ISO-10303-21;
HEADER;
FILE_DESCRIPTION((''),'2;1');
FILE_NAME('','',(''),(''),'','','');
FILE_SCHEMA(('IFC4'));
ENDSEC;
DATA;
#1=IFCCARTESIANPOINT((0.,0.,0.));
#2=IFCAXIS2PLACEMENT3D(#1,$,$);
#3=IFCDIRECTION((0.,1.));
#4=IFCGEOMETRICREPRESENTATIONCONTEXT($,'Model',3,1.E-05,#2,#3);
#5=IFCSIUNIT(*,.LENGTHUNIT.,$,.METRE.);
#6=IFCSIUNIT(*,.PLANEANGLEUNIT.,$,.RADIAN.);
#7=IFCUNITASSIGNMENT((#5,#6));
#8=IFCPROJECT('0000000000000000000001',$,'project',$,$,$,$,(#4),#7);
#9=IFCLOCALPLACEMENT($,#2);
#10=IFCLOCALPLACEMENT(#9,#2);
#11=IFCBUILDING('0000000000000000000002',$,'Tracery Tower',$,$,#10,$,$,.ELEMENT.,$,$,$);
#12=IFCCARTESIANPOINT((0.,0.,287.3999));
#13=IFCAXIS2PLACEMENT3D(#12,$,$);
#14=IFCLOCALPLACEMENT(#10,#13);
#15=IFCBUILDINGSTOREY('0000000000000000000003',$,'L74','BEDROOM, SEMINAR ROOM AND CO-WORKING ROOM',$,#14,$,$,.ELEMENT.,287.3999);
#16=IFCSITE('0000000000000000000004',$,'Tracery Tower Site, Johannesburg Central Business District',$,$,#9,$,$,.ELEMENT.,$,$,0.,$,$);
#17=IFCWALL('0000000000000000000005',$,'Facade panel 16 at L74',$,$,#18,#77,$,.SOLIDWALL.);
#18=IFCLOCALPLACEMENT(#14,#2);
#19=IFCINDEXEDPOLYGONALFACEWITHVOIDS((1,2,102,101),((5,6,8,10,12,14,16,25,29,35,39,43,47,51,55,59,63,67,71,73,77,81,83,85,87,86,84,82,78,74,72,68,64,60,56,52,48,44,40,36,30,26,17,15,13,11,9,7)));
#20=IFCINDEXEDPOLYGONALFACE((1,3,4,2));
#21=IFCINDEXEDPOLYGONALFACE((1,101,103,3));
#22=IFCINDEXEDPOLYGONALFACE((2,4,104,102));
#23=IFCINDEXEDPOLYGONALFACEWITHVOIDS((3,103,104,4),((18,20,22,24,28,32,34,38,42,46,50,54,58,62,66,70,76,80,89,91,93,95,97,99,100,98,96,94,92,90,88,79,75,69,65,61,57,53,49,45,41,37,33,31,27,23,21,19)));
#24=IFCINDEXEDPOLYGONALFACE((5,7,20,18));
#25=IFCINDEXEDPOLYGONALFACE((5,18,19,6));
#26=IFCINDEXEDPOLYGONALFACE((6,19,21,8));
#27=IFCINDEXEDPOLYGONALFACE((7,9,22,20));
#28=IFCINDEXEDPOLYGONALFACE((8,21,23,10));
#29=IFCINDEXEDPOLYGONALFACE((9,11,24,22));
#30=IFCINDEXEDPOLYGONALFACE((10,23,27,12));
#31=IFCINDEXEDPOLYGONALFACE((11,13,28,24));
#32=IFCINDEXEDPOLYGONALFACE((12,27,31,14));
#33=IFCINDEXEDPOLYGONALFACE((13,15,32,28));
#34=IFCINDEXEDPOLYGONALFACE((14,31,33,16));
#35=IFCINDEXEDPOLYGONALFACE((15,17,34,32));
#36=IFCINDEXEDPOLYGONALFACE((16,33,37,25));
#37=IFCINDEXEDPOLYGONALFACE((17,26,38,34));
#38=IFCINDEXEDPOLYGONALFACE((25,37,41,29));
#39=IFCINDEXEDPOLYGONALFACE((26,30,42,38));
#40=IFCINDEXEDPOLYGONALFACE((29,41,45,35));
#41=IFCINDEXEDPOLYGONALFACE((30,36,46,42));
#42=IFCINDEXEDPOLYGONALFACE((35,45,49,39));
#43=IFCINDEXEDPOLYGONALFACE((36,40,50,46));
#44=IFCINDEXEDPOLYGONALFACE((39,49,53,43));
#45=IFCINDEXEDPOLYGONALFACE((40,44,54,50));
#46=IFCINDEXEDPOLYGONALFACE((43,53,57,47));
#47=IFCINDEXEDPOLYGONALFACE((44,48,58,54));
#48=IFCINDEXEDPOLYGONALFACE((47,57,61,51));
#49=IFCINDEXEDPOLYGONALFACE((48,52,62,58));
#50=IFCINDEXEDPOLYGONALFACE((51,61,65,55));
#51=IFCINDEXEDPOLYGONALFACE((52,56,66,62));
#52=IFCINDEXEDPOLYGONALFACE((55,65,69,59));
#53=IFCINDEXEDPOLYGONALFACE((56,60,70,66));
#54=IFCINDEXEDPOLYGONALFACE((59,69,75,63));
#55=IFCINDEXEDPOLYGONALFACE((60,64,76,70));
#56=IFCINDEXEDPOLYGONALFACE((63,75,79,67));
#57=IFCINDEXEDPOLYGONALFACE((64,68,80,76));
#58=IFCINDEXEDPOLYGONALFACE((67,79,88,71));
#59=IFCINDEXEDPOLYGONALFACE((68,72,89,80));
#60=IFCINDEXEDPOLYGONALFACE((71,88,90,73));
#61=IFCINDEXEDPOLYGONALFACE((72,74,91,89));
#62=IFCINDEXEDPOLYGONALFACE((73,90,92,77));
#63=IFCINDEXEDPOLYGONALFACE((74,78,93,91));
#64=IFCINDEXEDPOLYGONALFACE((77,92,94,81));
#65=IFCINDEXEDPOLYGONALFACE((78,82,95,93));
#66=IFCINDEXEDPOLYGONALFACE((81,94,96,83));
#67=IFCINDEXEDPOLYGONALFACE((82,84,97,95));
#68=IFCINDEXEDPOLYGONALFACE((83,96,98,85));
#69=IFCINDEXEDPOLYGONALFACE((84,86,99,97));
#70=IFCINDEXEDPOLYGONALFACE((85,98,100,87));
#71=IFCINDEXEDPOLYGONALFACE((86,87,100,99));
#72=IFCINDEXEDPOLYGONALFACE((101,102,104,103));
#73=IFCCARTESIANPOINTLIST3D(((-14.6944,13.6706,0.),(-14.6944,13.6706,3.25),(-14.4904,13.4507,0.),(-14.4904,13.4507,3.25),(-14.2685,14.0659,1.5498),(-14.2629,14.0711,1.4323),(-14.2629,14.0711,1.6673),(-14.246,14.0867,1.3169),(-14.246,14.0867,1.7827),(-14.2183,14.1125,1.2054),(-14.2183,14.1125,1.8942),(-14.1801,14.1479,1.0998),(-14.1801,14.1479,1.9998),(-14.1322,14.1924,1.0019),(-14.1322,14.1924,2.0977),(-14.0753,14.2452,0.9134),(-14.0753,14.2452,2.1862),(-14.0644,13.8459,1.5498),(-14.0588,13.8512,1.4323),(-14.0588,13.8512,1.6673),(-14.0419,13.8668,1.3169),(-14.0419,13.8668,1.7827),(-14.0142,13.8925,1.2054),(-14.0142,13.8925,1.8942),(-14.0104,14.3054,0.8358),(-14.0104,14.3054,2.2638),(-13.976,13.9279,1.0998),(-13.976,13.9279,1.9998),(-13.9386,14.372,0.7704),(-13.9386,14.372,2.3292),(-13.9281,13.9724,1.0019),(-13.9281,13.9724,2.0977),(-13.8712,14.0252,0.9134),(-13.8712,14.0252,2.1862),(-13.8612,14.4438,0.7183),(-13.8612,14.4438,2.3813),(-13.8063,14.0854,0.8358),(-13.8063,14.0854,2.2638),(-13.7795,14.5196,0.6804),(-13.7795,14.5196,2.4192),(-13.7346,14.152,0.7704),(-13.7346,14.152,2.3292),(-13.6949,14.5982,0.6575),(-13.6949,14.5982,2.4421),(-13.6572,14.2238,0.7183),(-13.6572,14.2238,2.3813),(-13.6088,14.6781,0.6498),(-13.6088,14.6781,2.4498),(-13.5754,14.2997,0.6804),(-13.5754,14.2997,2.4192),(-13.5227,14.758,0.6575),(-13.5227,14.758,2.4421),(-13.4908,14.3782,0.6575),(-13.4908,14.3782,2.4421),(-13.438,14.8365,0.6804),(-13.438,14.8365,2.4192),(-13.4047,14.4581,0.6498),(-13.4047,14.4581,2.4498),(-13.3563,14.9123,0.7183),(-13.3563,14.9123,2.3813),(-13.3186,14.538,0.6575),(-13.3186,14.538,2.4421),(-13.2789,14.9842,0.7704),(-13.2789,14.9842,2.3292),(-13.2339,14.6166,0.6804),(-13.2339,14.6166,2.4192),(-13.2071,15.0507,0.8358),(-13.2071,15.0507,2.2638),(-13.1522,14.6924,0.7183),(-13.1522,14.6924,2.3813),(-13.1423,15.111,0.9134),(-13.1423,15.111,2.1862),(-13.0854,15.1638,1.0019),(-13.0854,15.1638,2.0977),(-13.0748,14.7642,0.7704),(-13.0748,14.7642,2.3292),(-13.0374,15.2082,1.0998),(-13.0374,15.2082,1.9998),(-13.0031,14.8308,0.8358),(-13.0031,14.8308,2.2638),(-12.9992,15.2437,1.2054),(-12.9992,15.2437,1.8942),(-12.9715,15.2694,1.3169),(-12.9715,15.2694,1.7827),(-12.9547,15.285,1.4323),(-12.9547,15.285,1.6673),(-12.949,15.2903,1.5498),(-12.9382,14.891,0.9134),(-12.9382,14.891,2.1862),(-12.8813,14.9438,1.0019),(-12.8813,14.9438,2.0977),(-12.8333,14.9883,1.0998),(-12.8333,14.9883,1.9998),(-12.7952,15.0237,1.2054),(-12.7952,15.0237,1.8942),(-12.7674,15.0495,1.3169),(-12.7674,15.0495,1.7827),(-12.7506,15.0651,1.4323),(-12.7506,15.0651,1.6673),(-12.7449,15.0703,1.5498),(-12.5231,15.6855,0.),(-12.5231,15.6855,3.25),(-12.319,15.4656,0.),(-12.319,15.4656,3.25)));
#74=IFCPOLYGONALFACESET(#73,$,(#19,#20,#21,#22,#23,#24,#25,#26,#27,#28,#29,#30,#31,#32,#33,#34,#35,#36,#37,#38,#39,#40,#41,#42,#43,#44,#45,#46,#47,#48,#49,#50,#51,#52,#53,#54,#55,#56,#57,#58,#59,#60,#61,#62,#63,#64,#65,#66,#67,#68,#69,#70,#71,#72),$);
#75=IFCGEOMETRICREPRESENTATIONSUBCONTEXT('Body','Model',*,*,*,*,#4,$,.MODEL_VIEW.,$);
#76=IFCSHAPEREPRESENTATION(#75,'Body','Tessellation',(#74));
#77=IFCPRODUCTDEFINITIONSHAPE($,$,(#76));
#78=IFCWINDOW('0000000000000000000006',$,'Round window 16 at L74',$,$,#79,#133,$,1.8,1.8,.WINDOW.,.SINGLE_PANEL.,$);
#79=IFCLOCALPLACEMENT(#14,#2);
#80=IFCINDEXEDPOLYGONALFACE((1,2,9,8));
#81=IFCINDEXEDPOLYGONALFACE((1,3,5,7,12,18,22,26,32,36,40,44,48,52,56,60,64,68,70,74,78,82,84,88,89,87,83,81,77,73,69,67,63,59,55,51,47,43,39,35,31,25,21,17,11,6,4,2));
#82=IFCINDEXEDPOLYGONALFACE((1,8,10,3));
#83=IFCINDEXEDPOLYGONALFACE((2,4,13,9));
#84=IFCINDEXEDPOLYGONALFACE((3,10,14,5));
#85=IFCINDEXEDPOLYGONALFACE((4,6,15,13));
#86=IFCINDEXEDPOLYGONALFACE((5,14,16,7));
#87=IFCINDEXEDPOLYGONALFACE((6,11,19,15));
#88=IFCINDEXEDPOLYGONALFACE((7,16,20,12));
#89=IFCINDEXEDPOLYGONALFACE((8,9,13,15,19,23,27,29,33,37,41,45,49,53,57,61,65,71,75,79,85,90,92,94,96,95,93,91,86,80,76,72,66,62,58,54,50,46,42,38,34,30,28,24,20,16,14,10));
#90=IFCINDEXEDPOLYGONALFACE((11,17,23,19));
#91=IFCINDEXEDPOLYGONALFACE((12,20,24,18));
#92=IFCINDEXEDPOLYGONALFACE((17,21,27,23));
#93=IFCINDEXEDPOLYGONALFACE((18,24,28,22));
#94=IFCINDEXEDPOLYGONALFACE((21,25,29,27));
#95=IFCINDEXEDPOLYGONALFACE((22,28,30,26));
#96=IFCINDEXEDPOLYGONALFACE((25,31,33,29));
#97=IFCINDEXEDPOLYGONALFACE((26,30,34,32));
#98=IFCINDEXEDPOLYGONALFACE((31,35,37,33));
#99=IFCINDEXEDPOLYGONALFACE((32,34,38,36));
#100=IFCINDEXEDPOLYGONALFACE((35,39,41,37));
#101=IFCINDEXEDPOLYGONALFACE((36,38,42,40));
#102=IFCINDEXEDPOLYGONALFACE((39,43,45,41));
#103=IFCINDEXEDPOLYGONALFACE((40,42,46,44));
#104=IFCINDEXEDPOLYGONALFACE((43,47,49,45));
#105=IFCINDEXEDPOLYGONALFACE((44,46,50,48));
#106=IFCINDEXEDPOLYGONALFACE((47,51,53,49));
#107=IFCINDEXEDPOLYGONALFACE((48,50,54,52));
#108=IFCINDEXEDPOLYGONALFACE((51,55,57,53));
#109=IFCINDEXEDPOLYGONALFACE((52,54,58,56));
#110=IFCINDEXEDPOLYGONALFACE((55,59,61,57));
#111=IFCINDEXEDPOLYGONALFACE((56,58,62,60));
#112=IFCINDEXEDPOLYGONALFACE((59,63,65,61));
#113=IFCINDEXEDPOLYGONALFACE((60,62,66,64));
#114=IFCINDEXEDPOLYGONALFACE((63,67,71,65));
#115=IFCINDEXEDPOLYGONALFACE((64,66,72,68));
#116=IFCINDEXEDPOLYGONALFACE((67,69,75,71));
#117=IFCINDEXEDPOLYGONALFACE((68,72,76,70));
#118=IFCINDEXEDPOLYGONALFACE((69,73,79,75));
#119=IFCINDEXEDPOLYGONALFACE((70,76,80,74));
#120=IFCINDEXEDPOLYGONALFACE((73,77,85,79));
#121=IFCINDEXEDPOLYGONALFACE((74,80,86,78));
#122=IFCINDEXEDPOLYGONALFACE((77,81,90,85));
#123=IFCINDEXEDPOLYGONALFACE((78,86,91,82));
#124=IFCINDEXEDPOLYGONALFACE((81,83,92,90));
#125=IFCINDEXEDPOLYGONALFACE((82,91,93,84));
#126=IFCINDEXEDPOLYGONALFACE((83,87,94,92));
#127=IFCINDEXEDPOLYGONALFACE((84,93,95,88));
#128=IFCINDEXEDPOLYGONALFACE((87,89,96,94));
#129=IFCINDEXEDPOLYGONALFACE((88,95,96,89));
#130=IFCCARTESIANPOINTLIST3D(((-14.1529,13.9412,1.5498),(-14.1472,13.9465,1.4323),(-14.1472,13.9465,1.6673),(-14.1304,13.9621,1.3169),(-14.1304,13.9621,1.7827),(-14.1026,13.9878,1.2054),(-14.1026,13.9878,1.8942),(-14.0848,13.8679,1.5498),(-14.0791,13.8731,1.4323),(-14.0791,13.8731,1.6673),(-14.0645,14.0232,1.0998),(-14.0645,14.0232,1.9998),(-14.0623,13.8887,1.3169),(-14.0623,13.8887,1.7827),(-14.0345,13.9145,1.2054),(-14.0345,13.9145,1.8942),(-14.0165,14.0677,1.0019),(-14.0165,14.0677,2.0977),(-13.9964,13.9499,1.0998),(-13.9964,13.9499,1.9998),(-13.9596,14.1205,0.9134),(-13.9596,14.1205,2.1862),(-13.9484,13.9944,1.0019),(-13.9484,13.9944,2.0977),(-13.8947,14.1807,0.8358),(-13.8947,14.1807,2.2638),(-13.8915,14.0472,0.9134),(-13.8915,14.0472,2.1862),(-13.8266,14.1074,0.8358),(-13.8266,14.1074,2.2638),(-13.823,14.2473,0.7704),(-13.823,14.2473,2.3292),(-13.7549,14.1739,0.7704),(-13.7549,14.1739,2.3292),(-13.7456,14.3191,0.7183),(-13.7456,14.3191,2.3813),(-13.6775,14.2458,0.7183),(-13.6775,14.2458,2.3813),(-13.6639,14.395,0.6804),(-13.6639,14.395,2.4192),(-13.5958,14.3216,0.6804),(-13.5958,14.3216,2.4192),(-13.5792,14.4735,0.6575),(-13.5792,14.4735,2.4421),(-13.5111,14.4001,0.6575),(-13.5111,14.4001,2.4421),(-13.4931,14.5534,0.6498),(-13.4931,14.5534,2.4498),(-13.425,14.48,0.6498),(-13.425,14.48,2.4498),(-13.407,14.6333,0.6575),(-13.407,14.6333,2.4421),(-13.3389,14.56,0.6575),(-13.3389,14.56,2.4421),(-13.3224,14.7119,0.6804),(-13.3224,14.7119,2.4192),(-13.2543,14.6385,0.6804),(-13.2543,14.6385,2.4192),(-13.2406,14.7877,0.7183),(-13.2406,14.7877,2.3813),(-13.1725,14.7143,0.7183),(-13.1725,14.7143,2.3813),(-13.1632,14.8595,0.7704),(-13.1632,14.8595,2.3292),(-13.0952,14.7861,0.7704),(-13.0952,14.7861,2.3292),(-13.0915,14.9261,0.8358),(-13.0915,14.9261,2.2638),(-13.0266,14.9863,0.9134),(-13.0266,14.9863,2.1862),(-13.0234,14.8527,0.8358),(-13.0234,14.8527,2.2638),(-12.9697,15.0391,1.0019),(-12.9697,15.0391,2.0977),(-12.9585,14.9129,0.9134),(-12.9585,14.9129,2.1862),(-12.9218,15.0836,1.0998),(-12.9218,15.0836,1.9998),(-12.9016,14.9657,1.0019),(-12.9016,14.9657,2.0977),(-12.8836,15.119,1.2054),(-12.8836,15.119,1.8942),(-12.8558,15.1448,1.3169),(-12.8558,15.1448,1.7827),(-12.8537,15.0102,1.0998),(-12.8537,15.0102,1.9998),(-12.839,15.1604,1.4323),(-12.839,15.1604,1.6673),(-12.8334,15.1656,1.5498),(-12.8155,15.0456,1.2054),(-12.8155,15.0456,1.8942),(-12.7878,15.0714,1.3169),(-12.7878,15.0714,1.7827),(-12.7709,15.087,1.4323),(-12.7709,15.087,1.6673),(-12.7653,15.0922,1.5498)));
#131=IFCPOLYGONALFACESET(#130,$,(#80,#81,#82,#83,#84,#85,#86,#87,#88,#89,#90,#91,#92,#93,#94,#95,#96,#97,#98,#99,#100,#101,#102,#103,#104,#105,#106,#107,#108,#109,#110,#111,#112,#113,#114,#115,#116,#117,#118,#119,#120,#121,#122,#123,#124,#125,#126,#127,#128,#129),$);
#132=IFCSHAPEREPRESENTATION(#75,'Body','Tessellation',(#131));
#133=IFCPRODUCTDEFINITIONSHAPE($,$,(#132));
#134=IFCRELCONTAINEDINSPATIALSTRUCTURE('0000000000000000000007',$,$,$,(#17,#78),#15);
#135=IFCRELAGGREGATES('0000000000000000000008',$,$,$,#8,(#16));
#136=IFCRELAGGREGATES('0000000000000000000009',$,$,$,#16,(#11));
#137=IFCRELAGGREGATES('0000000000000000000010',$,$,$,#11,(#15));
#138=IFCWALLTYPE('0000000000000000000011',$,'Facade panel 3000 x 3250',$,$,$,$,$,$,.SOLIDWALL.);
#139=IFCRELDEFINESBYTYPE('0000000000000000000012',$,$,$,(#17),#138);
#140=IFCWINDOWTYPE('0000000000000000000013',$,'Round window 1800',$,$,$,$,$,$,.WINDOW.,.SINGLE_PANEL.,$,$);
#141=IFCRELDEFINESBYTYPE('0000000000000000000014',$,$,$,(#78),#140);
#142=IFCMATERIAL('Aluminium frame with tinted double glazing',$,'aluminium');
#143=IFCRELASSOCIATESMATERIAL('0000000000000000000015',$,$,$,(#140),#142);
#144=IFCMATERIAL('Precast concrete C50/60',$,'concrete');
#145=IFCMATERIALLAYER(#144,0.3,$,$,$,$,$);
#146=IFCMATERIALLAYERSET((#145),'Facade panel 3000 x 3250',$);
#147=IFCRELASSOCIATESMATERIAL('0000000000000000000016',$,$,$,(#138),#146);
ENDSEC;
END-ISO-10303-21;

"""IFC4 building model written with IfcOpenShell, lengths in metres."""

from ifc_helpers import new_model, si_unit, direction, frame, frame_2d, origin, origin_2d, place, context, subcontext, project, spatial, rectangle, circle, extrude, material, layer, layer_set, type_object, element, fill, save


model = new_model("IFC4")

# Units and contexts
model_context = context("Model", 3, precision=1e-05, world=origin(), true_north=direction((0.0, 1.0)))
body_context = subcontext(model_context, "Body", "Model", "MODEL_VIEW")
ifc_project = project(units=[si_unit("LENGTHUNIT", "METRE"), si_unit("PLANEANGLEUNIT", "RADIAN")], contexts=[model_context])

# Site, building, storey
site_placement = place(None, origin())
site = spatial("IfcSite", under=ifc_project, at=site_placement, Name="Tracery Tower Site, Johannesburg Central Business District", CompositionType="ELEMENT", RefElevation=0.0)
building_placement = place(site_placement, origin())
building = spatial("IfcBuilding", under=site, at=building_placement, Name="Tracery Tower", CompositionType="ELEMENT")
storey_placement = place(building_placement, frame((0.0, 0.0, 287.3999)))
storey = spatial("IfcBuildingStorey", under=building, at=storey_placement, Name="L74", Description="BEDROOM, SEMINAR ROOM AND CO-WORKING ROOM", CompositionType="ELEMENT", Elevation=287.3999)

# Wall, opening, window
ifc_material_1 = material(Name="Aluminium frame with tinted double glazing", Category="aluminium")
window_type = type_object("IfcWindowType", Name="Round window 1800", PartitioningType="SINGLE_PANEL", PredefinedType="WINDOW", material=ifc_material_1)
ifc_material_2 = material(Name="Precast concrete C50/60", Category="concrete")
ifc_layer_1 = layer(ifc_material_2, 0.3)
ifc_layer_set_1 = layer_set([ifc_layer_1], Name="Facade panel 3000 x 3250")
wall_type_1 = type_object("IfcWallType", Name="Facade panel 3000 x 3250", PredefinedType="SOLIDWALL", material=ifc_layer_set_1)
wall_1_placement = place(storey_placement, frame((-12.4211, 15.5754, 0.0), z_axis=(0.0, 0.0, 1.0), x_axis=(-0.733028, -0.680198, 0.0)))
wall_1 = element("IfcWall", 1, at=wall_1_placement, inside=storey, type_object=wall_type_1, Name="Facade panel 16 at L74", PredefinedType="SOLIDWALL", context=body_context, shape_type="SweptSolid", body=[
    extrude(rectangle(XDim=2.9622, YDim=0.3, at=frame_2d((1.481, 0.0))), origin(), (0.0, 0.0, 1.0), 3.25),
])
opening_1_placement = place(wall_1_placement, frame((1.481, 0.0, 1.5498)))
opening_1 = element("IfcOpeningElement", 2, at=opening_1_placement, cuts=wall_1, PredefinedType="OPENING", context=body_context, shape_type="SweptSolid", body=[
    extrude(circle(Radius=0.9, at=origin_2d()), frame((0.0, 0.1599, 0.0), z_axis=(0.0, -1.0, 0.0), x_axis=(1.0, 0.0, 0.0)), (0.0, 0.0, 1.0), 0.3201),
])
window_1_placement = place(opening_1_placement, origin())
window_1 = element("IfcWindow", 3, at=window_1_placement, inside=storey, type_object=window_type, Name="Round window 16 at L74", OverallHeight=1.8, OverallWidth=1.8, PartitioningType="SINGLE_PANEL", PredefinedType="WINDOW", context=body_context, shape_type="SweptSolid", body=[
    extrude(circle(Radius=0.9, at=origin_2d()), frame((0.0, 0.1201, 0.0), z_axis=(0.0, -1.0, 0.0), x_axis=(1.0, 0.0, 0.0)), (0.0, 0.0, 1.0), 0.1001),
])
fill(opening_1, window_1)

save(model, "model.ifc")
